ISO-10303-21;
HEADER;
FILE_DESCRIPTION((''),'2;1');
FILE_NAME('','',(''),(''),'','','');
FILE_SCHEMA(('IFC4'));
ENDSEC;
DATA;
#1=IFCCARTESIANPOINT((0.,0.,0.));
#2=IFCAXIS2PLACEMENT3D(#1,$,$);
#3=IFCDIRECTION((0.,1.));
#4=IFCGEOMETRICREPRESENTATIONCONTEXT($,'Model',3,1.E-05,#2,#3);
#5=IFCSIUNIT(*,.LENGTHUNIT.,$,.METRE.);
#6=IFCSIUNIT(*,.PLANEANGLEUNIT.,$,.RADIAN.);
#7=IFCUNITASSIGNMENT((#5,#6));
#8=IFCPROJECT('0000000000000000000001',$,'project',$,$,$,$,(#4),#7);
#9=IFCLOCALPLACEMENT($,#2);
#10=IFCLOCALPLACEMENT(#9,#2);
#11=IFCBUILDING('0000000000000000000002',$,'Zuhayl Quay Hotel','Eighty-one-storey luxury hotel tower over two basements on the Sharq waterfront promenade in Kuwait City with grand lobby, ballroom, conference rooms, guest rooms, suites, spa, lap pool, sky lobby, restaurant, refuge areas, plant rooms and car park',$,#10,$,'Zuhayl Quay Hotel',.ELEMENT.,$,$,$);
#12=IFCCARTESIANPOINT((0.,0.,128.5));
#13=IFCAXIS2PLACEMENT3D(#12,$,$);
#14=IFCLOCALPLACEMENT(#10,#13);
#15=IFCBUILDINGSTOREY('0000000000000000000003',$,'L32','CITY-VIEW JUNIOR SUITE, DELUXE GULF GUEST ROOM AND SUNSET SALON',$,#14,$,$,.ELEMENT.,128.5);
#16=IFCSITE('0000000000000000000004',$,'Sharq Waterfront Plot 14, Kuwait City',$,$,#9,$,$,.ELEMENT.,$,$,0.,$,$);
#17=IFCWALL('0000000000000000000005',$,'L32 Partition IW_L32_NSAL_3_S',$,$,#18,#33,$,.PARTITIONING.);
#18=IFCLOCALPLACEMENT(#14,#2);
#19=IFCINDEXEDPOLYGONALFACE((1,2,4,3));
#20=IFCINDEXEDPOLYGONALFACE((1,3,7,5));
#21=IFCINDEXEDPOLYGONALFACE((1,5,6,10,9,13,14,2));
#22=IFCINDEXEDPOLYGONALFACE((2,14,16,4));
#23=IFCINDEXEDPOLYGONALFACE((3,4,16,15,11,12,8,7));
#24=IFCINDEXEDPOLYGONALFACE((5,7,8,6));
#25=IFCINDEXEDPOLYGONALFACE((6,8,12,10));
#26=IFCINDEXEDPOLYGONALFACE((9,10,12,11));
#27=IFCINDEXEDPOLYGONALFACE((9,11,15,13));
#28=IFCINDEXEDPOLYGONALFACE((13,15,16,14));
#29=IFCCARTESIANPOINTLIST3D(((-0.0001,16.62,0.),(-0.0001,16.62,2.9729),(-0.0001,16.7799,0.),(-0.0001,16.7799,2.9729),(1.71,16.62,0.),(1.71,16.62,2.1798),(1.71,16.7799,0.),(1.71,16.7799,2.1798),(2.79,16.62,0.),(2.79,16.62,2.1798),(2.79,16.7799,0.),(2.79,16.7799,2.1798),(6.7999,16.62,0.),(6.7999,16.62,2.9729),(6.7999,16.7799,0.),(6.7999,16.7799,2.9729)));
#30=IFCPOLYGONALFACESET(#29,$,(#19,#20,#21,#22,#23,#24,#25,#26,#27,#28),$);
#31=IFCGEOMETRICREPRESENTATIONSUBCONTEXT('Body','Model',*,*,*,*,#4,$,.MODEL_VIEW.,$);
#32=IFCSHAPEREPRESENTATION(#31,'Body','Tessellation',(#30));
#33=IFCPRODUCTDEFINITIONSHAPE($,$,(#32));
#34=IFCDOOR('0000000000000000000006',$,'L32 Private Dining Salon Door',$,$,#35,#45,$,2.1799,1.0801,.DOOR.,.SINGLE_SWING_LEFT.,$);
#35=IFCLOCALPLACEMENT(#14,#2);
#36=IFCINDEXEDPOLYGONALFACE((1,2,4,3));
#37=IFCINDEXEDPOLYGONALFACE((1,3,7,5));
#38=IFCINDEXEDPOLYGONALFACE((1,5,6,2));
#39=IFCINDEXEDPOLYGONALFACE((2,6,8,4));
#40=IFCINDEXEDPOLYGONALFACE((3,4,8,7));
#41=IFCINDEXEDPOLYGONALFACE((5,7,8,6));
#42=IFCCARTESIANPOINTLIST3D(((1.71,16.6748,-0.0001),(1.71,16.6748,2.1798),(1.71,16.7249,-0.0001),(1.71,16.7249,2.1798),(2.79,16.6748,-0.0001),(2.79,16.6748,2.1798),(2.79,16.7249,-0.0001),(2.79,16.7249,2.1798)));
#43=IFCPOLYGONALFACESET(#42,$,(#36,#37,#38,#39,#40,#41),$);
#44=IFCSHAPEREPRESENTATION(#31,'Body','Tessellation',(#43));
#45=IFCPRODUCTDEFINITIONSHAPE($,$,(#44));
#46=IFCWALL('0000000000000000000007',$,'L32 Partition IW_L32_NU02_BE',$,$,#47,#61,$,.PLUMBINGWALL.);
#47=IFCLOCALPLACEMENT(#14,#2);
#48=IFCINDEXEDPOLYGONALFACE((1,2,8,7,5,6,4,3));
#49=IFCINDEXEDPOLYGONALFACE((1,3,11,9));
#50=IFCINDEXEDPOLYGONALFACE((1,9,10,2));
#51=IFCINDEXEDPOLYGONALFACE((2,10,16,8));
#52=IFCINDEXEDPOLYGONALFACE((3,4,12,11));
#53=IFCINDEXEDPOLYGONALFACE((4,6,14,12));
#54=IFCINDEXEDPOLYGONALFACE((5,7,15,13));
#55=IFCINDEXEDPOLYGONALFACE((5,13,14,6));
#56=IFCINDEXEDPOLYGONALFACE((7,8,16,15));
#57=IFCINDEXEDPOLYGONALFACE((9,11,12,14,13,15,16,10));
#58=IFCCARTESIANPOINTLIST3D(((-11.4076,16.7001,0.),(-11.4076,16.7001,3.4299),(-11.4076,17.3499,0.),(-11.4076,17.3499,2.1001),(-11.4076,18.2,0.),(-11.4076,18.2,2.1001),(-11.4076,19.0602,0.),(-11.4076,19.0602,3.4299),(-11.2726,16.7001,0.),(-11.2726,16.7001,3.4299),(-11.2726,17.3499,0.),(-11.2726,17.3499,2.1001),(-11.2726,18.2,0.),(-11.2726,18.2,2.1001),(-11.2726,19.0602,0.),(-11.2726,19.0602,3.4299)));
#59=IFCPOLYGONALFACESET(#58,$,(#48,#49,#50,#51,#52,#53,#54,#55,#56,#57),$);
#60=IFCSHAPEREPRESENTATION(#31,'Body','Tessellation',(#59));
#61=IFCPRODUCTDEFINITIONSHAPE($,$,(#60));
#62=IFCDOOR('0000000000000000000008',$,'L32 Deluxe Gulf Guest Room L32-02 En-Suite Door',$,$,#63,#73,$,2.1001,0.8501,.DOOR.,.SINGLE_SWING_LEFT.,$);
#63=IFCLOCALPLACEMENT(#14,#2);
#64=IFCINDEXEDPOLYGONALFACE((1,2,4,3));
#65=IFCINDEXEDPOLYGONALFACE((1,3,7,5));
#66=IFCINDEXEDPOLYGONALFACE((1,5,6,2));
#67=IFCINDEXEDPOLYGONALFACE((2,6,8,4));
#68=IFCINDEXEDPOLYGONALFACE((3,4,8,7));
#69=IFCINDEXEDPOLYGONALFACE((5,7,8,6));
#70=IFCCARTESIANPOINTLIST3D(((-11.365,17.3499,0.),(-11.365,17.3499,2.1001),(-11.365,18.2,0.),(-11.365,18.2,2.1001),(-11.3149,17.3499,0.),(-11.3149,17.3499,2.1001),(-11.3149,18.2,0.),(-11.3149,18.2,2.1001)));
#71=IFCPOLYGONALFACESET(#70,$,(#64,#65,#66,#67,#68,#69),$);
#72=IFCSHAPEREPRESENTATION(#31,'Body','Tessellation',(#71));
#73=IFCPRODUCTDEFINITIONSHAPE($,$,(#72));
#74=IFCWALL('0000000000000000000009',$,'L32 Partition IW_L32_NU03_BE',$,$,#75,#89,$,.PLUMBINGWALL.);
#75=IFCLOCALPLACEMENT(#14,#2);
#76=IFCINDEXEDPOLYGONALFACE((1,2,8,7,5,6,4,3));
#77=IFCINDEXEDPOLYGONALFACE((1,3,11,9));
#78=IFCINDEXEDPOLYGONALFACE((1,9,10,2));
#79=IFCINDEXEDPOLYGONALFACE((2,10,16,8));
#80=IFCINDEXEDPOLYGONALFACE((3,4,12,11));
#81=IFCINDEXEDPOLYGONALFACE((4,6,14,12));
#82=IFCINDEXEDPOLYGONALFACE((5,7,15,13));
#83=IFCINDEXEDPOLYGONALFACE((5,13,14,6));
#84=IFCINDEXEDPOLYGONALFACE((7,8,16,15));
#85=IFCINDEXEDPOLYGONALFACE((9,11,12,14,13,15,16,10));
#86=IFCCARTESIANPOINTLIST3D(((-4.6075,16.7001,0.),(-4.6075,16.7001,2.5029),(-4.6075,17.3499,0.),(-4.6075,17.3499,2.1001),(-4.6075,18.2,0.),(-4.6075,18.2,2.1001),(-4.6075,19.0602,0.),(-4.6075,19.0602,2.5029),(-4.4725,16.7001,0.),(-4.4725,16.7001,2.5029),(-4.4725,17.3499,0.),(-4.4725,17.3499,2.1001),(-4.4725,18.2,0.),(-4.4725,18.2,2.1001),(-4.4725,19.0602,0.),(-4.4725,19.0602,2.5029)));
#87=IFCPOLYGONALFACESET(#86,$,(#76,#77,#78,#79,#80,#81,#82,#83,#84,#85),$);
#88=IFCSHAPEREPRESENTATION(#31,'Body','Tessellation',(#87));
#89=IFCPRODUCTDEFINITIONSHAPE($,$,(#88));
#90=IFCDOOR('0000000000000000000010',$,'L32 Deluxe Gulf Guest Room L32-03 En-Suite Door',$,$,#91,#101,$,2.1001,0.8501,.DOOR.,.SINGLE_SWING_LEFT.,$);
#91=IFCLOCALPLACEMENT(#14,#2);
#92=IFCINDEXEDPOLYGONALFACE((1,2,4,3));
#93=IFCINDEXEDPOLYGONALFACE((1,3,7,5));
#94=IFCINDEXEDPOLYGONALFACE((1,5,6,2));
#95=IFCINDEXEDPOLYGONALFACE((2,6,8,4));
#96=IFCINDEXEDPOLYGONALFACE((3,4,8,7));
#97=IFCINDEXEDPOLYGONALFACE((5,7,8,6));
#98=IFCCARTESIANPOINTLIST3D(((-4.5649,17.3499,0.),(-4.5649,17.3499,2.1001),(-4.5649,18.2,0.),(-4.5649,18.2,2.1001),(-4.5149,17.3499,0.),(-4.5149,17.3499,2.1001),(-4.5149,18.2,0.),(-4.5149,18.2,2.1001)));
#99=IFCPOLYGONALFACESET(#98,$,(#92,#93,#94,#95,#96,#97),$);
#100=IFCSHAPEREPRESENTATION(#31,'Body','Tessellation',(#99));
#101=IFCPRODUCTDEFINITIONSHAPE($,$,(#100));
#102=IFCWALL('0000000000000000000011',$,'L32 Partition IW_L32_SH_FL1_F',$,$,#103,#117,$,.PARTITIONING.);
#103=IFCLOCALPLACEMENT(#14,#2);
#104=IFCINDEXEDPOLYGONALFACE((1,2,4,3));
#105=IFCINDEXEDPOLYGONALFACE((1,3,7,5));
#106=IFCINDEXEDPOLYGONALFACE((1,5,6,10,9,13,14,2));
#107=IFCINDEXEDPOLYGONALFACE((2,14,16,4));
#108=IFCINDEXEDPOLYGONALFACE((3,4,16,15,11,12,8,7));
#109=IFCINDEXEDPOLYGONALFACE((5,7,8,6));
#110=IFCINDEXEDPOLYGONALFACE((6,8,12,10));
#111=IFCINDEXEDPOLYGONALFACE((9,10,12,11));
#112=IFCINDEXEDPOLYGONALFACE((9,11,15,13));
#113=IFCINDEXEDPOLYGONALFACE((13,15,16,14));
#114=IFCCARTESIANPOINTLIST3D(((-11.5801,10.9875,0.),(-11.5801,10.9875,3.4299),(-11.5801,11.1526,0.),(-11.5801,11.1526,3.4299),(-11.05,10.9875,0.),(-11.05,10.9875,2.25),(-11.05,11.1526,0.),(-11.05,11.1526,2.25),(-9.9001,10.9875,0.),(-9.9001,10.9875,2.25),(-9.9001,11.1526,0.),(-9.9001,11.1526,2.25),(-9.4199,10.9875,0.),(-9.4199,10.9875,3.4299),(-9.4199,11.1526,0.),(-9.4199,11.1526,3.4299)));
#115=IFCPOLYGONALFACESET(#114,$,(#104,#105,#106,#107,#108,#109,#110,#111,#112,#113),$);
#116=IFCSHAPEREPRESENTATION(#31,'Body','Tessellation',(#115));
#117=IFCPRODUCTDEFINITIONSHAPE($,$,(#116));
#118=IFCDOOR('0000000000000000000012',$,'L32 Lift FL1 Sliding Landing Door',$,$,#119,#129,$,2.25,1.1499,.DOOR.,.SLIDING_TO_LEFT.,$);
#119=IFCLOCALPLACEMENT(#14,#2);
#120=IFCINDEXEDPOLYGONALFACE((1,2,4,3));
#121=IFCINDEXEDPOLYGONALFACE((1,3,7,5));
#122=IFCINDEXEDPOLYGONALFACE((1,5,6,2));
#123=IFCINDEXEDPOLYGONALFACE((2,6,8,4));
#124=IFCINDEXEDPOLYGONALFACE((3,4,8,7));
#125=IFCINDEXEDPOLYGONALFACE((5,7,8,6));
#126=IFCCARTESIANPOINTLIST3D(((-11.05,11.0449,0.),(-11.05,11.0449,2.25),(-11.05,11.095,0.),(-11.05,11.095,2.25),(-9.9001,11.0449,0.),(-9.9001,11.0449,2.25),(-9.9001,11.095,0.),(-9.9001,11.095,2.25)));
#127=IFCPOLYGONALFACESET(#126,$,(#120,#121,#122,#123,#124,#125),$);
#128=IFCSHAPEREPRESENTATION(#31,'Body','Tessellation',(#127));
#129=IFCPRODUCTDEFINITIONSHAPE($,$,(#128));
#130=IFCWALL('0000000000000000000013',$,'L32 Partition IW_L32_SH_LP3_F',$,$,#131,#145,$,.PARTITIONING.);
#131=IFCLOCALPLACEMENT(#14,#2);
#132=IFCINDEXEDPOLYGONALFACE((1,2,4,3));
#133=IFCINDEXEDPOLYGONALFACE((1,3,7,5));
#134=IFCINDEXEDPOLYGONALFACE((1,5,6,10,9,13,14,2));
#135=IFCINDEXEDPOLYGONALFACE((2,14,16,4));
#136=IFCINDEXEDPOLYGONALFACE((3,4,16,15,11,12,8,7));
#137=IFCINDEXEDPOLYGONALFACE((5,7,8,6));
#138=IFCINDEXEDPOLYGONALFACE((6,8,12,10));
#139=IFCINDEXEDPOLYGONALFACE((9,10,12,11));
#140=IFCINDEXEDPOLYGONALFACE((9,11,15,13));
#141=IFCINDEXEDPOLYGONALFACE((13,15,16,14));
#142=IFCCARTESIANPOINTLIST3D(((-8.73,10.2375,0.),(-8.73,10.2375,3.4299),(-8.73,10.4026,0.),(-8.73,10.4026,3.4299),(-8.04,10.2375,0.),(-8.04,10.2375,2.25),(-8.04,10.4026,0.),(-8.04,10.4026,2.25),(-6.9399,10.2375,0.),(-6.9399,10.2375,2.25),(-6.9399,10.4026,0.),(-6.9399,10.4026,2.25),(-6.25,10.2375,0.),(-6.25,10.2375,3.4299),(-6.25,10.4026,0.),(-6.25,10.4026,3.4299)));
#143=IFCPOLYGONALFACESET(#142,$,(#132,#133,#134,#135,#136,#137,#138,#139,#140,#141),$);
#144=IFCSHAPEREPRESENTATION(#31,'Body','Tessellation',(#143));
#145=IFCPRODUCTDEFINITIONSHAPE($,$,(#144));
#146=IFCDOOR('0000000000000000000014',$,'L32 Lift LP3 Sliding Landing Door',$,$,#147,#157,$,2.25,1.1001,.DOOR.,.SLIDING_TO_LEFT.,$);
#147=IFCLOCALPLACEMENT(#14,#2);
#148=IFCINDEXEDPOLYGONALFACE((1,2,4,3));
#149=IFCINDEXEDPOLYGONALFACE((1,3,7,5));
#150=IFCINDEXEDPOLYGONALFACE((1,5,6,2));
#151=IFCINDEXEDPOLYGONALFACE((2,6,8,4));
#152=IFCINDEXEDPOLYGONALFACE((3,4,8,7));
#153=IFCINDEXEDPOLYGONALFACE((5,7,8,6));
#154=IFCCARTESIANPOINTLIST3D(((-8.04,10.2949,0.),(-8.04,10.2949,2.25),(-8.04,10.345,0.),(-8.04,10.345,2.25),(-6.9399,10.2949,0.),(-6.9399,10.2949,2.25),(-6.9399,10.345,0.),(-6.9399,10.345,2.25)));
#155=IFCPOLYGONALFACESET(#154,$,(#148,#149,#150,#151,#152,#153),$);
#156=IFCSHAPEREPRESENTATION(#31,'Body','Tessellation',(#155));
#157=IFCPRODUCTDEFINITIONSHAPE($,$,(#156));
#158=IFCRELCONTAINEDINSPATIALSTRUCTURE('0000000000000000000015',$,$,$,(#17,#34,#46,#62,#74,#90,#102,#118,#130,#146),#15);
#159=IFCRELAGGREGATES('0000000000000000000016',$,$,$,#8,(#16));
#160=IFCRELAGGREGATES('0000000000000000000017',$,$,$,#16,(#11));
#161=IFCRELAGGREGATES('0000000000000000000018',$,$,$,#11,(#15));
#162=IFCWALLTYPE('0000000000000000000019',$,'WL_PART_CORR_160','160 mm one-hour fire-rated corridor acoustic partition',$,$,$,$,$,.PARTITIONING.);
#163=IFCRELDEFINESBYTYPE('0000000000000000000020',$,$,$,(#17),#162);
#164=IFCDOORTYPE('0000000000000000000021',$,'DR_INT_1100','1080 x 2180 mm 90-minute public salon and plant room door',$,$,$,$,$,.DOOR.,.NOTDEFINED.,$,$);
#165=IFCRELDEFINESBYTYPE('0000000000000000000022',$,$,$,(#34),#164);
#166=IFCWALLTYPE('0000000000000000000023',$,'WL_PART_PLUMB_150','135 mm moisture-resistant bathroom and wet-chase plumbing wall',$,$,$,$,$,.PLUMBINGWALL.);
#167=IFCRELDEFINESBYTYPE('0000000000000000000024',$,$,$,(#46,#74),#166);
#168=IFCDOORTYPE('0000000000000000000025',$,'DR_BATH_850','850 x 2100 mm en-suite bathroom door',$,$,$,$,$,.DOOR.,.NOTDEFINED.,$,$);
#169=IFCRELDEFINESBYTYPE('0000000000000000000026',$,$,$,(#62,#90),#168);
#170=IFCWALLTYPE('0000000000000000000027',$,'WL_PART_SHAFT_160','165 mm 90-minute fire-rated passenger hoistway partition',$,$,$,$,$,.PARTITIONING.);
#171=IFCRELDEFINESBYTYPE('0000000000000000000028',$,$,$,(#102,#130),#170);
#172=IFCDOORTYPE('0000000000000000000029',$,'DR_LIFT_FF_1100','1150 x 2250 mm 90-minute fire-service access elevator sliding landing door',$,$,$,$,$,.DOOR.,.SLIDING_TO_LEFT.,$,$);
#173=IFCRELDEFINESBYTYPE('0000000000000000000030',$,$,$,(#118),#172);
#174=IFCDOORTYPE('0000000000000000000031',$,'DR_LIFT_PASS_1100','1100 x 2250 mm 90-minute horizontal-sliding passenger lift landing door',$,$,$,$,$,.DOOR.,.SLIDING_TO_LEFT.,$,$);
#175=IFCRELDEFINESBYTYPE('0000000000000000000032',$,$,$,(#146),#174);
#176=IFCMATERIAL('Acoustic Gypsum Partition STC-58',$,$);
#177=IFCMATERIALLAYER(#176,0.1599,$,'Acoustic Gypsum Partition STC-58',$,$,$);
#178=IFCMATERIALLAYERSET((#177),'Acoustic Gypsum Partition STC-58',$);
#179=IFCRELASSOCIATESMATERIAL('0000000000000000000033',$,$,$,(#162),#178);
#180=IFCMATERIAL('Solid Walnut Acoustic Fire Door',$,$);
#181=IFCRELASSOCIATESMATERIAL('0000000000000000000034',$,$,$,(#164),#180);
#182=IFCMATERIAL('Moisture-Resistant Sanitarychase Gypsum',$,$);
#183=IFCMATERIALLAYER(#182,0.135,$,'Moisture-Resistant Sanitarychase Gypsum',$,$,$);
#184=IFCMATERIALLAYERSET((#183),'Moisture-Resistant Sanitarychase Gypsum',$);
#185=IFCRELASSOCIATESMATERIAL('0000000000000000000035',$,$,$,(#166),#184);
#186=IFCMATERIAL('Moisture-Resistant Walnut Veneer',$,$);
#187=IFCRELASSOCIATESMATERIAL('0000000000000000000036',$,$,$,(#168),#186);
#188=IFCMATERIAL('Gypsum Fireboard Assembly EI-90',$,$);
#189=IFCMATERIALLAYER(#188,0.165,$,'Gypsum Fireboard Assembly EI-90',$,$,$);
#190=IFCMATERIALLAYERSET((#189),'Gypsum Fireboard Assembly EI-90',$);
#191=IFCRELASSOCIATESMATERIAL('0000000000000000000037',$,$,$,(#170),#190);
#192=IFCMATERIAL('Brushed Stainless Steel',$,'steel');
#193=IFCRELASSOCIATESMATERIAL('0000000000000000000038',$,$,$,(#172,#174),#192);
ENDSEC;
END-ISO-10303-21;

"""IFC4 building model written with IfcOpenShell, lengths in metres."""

from ifc_helpers import new_model, si_unit, direction, frame, frame_2d, origin, place, context, subcontext, project, spatial, rectangle, extrude, material, layer, layer_set, type_object, element, fill, save


model = new_model("IFC4")

# Units and contexts
model_context = context("Model", 3, precision=1e-05, world=origin(), true_north=direction((0.0, 1.0)))
body_context = subcontext(model_context, "Body", "Model", "MODEL_VIEW")
ifc_project = project(units=[si_unit("LENGTHUNIT", "METRE"), si_unit("PLANEANGLEUNIT", "RADIAN")], contexts=[model_context])

# Site, building, storey
site_placement = place(None, origin())
site = spatial("IfcSite", under=ifc_project, at=site_placement, Name="Sharq Waterfront Plot 14, Kuwait City", CompositionType="ELEMENT", RefElevation=0.0)
building_placement = place(site_placement, origin())
building = spatial("IfcBuilding", under=site, at=building_placement, Name="Zuhayl Quay Hotel", Description="Eighty-one-storey luxury hotel tower over two basements on the Sharq waterfront promenade in Kuwait City with grand lobby, ballroom, conference rooms, guest rooms, suites, spa, lap pool, sky lobby, restaurant, refuge areas, plant rooms and car park", LongName="Zuhayl Quay Hotel", CompositionType="ELEMENT")
storey_placement = place(building_placement, frame((0.0, 0.0, 128.5)))
storey = spatial("IfcBuildingStorey", under=building, at=storey_placement, Name="L32", Description="CITY-VIEW JUNIOR SUITE, DELUXE GULF GUEST ROOM AND SUNSET SALON", CompositionType="ELEMENT", Elevation=128.5)

# Shared definitions
ifc_material_1 = material(Name="Acoustic Gypsum Partition STC-58")

# Walls, openings, doors
ifc_layer_1 = layer(ifc_material_1, 0.1599, Name="Acoustic Gypsum Partition STC-58")
ifc_layer_set_1 = layer_set([ifc_layer_1], Name="Acoustic Gypsum Partition STC-58")
wall_type_1 = type_object("IfcWallType", Name="WL_PART_CORR_160", Description="160 mm one-hour fire-rated corridor acoustic partition", PredefinedType="PARTITIONING", material=ifc_layer_set_1)
ifc_material_2 = material(Name="Solid Walnut Acoustic Fire Door")
wall_1_placement = place(storey_placement, frame((0.0, 16.7, 0.0), z_axis=(0.0, 0.0, 1.0), x_axis=(1.0, 0.0, 0.0)))
wall_1 = element("IfcWall", 1, at=wall_1_placement, inside=storey, type_object=wall_type_1, Name="L32 Partition IW_L32_NSAL_3_S", PredefinedType="PARTITIONING", context=body_context, shape_type="SweptSolid", body=[
    extrude(rectangle(XDim=6.8, YDim=0.1599, at=frame_2d((3.3999, 0.0))), origin(), (0.0, 0.0, 1.0), 2.9729),
])
opening_1_placement = place(wall_1_placement, frame((1.71, 0.0, 0.0)))
opening_1 = element("IfcOpeningElement", 2, at=opening_1_placement, cuts=wall_1, PredefinedType="OPENING", context=body_context, shape_type="SweptSolid", body=[
    extrude(rectangle(XDim=1.0801, YDim=2.1799, at=frame_2d((0.54, 1.0898))), frame((0.0, 0.0898, 0.0), z_axis=(0.0, -1.0, 0.0), x_axis=(1.0, 0.0, 0.0)), (0.0, 0.0, 1.0), 0.1799),
])
door_type_1 = type_object("IfcDoorType", Name="DR_INT_1100", Description="1080 x 2180 mm 90-minute public salon and plant room door", OperationType="NOTDEFINED", PredefinedType="DOOR", material=ifc_material_2)
door_1_placement = place(opening_1_placement, origin())
door_1 = element("IfcDoor", 3, at=door_1_placement, inside=storey, type_object=door_type_1, Name="L32 Private Dining Salon Door", OperationType="SINGLE_SWING_LEFT", OverallHeight=2.1799, OverallWidth=1.0801, PredefinedType="DOOR", context=body_context, shape_type="SweptSolid", body=[
    extrude(rectangle(XDim=1.0801, YDim=2.1799, at=frame_2d((0.54, 1.0898))), frame((0.0, 0.0249, 0.0), z_axis=(0.0, -1.0, 0.0), x_axis=(1.0, 0.0, 0.0)), (0.0, 0.0, 1.0), 0.05),
])
fill(opening_1, door_1)
ifc_material_3 = material(Name="Moisture-Resistant Sanitarychase Gypsum")
ifc_layer_2 = layer(ifc_material_3, 0.135, Name="Moisture-Resistant Sanitarychase Gypsum")
ifc_layer_set_2 = layer_set([ifc_layer_2], Name="Moisture-Resistant Sanitarychase Gypsum")
wall_type_2 = type_object("IfcWallType", Name="WL_PART_PLUMB_150", Description="135 mm moisture-resistant bathroom and wet-chase plumbing wall", PredefinedType="PLUMBINGWALL", material=ifc_layer_set_2)
wall_2_placement = place(storey_placement, frame((-11.3401, 16.7, 0.0), z_axis=(0.0, 0.0, 1.0), x_axis=(0.0, 1.0, 0.0)))
wall_2 = element("IfcWall", 4, at=wall_2_placement, inside=storey, type_object=wall_type_2, Name="L32 Partition IW_L32_NU02_BE", PredefinedType="PLUMBINGWALL", context=body_context, shape_type="SweptSolid", body=[
    extrude(rectangle(XDim=2.3601, YDim=0.135, at=frame_2d((1.1802, 0.0))), origin(), (0.0, 0.0, 1.0), 3.4299),
])
opening_2_placement = place(wall_2_placement, frame((0.6499, 0.0, 0.0)))
opening_2 = element("IfcOpeningElement", 5, at=opening_2_placement, cuts=wall_2, PredefinedType="OPENING", context=body_context, shape_type="SweptSolid", body=[
    extrude(rectangle(XDim=0.8501, YDim=2.1001, at=frame_2d((0.425, 1.05))), frame((0.0, 0.0774, 0.0), z_axis=(0.0, -1.0, 0.0), x_axis=(1.0, 0.0, 0.0)), (0.0, 0.0, 1.0), 0.155),
])
ifc_material_4 = material(Name="Moisture-Resistant Walnut Veneer")
door_type_2 = type_object("IfcDoorType", Name="DR_BATH_850", Description="850 x 2100 mm en-suite bathroom door", OperationType="NOTDEFINED", PredefinedType="DOOR", material=ifc_material_4)
door_2_placement = place(opening_2_placement, origin())
door_2 = element("IfcDoor", 6, at=door_2_placement, inside=storey, type_object=door_type_2, Name="L32 Deluxe Gulf Guest Room L32-02 En-Suite Door", OperationType="SINGLE_SWING_LEFT", OverallHeight=2.1001, OverallWidth=0.8501, PredefinedType="DOOR", context=body_context, shape_type="SweptSolid", body=[
    extrude(rectangle(XDim=0.8501, YDim=2.1001, at=frame_2d((0.425, 1.05))), frame((0.0, 0.0249, 0.0), z_axis=(0.0, -1.0, 0.0), x_axis=(1.0, 0.0, 0.0)), (0.0, 0.0, 1.0), 0.05),
])
fill(opening_2, door_2)
wall_3_placement = place(storey_placement, frame((-4.54, 16.7, 0.0), z_axis=(0.0, 0.0, 1.0), x_axis=(0.0, 1.0, 0.0)))
wall_3 = element("IfcWall", 7, at=wall_3_placement, inside=storey, type_object=wall_type_2, Name="L32 Partition IW_L32_NU03_BE", PredefinedType="PLUMBINGWALL", context=body_context, shape_type="SweptSolid", body=[
    extrude(rectangle(XDim=2.3601, YDim=0.135, at=frame_2d((1.1802, 0.0))), origin(), (0.0, 0.0, 1.0), 2.5029),
])
opening_3_placement = place(wall_3_placement, frame((0.6499, 0.0, 0.0)))
opening_3 = element("IfcOpeningElement", 8, at=opening_3_placement, cuts=wall_3, PredefinedType="OPENING", context=body_context, shape_type="SweptSolid", body=[
    extrude(rectangle(XDim=0.8501, YDim=2.1001, at=frame_2d((0.425, 1.05))), frame((0.0, 0.0774, 0.0), z_axis=(0.0, -1.0, 0.0), x_axis=(1.0, 0.0, 0.0)), (0.0, 0.0, 1.0), 0.155),
])
door_3_placement = place(opening_3_placement, origin())
door_3 = element("IfcDoor", 9, at=door_3_placement, inside=storey, type_object=door_type_2, Name="L32 Deluxe Gulf Guest Room L32-03 En-Suite Door", OperationType="SINGLE_SWING_LEFT", OverallHeight=2.1001, OverallWidth=0.8501, PredefinedType="DOOR", context=body_context, shape_type="SweptSolid", body=[
    extrude(rectangle(XDim=0.8501, YDim=2.1001, at=frame_2d((0.425, 1.05))), frame((0.0, 0.0249, 0.0), z_axis=(0.0, -1.0, 0.0), x_axis=(1.0, 0.0, 0.0)), (0.0, 0.0, 1.0), 0.05),
])
fill(opening_3, door_3)
ifc_material_5 = material(Name="Gypsum Fireboard Assembly EI-90")
ifc_layer_3 = layer(ifc_material_5, 0.165, Name="Gypsum Fireboard Assembly EI-90")
ifc_layer_set_3 = layer_set([ifc_layer_3], Name="Gypsum Fireboard Assembly EI-90")
wall_type_3 = type_object("IfcWallType", Name="WL_PART_SHAFT_160", Description="165 mm 90-minute fire-rated passenger hoistway partition", PredefinedType="PARTITIONING", material=ifc_layer_set_3)
wall_4_placement = place(storey_placement, frame((-11.5801, 11.0701, 0.0), z_axis=(0.0, 0.0, 1.0), x_axis=(1.0, 0.0, 0.0)))
wall_4 = element("IfcWall", 10, at=wall_4_placement, inside=storey, type_object=wall_type_3, Name="L32 Partition IW_L32_SH_FL1_F", PredefinedType="PARTITIONING", context=body_context, shape_type="SweptSolid", body=[
    extrude(rectangle(XDim=2.1602, YDim=0.165, at=frame_2d((1.0801, 0.0))), origin(), (0.0, 0.0, 1.0), 3.4299),
])
opening_4_placement = place(wall_4_placement, frame((0.53, 0.0, 0.0)))
opening_4 = element("IfcOpeningElement", 11, at=opening_4_placement, cuts=wall_4, PredefinedType="OPENING", context=body_context, shape_type="SweptSolid", body=[
    extrude(rectangle(XDim=1.1499, YDim=2.25, at=frame_2d((0.575, 1.125))), frame((0.0, 0.0925, 0.0), z_axis=(0.0, -1.0, 0.0), x_axis=(1.0, 0.0, 0.0)), (0.0, 0.0, 1.0), 0.1851),
])
ifc_material_6 = material(Name="Brushed Stainless Steel", Category="steel")
door_type_3 = type_object("IfcDoorType", Name="DR_LIFT_FF_1100", Description="1150 x 2250 mm 90-minute fire-service access elevator sliding landing door", OperationType="SLIDING_TO_LEFT", PredefinedType="DOOR", material=ifc_material_6)
door_4_placement = place(opening_4_placement, origin())
door_4 = element("IfcDoor", 12, at=door_4_placement, inside=storey, type_object=door_type_3, Name="L32 Lift FL1 Sliding Landing Door", OperationType="SLIDING_TO_LEFT", OverallHeight=2.25, OverallWidth=1.1499, PredefinedType="DOOR", context=body_context, shape_type="SweptSolid", body=[
    extrude(rectangle(XDim=1.1499, YDim=2.25, at=frame_2d((0.575, 1.125))), frame((0.0, 0.0249, 0.0), z_axis=(0.0, -1.0, 0.0), x_axis=(1.0, 0.0, 0.0)), (0.0, 0.0, 1.0), 0.05),
])
fill(opening_4, door_4)
wall_5_placement = place(storey_placement, frame((-8.73, 10.3201, 0.0), z_axis=(0.0, 0.0, 1.0), x_axis=(1.0, 0.0, 0.0)))
wall_5 = element("IfcWall", 13, at=wall_5_placement, inside=storey, type_object=wall_type_3, Name="L32 Partition IW_L32_SH_LP3_F", PredefinedType="PARTITIONING", context=body_context, shape_type="SweptSolid", body=[
    extrude(rectangle(XDim=2.48, YDim=0.165, at=frame_2d((1.24, 0.0))), origin(), (0.0, 0.0, 1.0), 3.4299),
])
opening_5_placement = place(wall_5_placement, frame((0.6899, 0.0, 0.0)))
opening_5 = element("IfcOpeningElement", 14, at=opening_5_placement, cuts=wall_5, PredefinedType="OPENING", context=body_context, shape_type="SweptSolid", body=[
    extrude(rectangle(XDim=1.1001, YDim=2.25, at=frame_2d((0.55, 1.125))), frame((0.0, 0.0925, 0.0), z_axis=(0.0, -1.0, 0.0), x_axis=(1.0, 0.0, 0.0)), (0.0, 0.0, 1.0), 0.1851),
])
door_type_4 = type_object("IfcDoorType", Name="DR_LIFT_PASS_1100", Description="1100 x 2250 mm 90-minute horizontal-sliding passenger lift landing door", OperationType="SLIDING_TO_LEFT", PredefinedType="DOOR", material=ifc_material_6)
door_5_placement = place(opening_5_placement, origin())
door_5 = element("IfcDoor", 15, at=door_5_placement, inside=storey, type_object=door_type_4, Name="L32 Lift LP3 Sliding Landing Door", OperationType="SLIDING_TO_LEFT", OverallHeight=2.25, OverallWidth=1.1001, PredefinedType="DOOR", context=body_context, shape_type="SweptSolid", body=[
    extrude(rectangle(XDim=1.1001, YDim=2.25, at=frame_2d((0.55, 1.125))), frame((0.0, 0.0249, 0.0), z_axis=(0.0, -1.0, 0.0), x_axis=(1.0, 0.0, 0.0)), (0.0, 0.0, 1.0), 0.05),
])
fill(opening_5, door_5)

save(model, "model.ifc")
